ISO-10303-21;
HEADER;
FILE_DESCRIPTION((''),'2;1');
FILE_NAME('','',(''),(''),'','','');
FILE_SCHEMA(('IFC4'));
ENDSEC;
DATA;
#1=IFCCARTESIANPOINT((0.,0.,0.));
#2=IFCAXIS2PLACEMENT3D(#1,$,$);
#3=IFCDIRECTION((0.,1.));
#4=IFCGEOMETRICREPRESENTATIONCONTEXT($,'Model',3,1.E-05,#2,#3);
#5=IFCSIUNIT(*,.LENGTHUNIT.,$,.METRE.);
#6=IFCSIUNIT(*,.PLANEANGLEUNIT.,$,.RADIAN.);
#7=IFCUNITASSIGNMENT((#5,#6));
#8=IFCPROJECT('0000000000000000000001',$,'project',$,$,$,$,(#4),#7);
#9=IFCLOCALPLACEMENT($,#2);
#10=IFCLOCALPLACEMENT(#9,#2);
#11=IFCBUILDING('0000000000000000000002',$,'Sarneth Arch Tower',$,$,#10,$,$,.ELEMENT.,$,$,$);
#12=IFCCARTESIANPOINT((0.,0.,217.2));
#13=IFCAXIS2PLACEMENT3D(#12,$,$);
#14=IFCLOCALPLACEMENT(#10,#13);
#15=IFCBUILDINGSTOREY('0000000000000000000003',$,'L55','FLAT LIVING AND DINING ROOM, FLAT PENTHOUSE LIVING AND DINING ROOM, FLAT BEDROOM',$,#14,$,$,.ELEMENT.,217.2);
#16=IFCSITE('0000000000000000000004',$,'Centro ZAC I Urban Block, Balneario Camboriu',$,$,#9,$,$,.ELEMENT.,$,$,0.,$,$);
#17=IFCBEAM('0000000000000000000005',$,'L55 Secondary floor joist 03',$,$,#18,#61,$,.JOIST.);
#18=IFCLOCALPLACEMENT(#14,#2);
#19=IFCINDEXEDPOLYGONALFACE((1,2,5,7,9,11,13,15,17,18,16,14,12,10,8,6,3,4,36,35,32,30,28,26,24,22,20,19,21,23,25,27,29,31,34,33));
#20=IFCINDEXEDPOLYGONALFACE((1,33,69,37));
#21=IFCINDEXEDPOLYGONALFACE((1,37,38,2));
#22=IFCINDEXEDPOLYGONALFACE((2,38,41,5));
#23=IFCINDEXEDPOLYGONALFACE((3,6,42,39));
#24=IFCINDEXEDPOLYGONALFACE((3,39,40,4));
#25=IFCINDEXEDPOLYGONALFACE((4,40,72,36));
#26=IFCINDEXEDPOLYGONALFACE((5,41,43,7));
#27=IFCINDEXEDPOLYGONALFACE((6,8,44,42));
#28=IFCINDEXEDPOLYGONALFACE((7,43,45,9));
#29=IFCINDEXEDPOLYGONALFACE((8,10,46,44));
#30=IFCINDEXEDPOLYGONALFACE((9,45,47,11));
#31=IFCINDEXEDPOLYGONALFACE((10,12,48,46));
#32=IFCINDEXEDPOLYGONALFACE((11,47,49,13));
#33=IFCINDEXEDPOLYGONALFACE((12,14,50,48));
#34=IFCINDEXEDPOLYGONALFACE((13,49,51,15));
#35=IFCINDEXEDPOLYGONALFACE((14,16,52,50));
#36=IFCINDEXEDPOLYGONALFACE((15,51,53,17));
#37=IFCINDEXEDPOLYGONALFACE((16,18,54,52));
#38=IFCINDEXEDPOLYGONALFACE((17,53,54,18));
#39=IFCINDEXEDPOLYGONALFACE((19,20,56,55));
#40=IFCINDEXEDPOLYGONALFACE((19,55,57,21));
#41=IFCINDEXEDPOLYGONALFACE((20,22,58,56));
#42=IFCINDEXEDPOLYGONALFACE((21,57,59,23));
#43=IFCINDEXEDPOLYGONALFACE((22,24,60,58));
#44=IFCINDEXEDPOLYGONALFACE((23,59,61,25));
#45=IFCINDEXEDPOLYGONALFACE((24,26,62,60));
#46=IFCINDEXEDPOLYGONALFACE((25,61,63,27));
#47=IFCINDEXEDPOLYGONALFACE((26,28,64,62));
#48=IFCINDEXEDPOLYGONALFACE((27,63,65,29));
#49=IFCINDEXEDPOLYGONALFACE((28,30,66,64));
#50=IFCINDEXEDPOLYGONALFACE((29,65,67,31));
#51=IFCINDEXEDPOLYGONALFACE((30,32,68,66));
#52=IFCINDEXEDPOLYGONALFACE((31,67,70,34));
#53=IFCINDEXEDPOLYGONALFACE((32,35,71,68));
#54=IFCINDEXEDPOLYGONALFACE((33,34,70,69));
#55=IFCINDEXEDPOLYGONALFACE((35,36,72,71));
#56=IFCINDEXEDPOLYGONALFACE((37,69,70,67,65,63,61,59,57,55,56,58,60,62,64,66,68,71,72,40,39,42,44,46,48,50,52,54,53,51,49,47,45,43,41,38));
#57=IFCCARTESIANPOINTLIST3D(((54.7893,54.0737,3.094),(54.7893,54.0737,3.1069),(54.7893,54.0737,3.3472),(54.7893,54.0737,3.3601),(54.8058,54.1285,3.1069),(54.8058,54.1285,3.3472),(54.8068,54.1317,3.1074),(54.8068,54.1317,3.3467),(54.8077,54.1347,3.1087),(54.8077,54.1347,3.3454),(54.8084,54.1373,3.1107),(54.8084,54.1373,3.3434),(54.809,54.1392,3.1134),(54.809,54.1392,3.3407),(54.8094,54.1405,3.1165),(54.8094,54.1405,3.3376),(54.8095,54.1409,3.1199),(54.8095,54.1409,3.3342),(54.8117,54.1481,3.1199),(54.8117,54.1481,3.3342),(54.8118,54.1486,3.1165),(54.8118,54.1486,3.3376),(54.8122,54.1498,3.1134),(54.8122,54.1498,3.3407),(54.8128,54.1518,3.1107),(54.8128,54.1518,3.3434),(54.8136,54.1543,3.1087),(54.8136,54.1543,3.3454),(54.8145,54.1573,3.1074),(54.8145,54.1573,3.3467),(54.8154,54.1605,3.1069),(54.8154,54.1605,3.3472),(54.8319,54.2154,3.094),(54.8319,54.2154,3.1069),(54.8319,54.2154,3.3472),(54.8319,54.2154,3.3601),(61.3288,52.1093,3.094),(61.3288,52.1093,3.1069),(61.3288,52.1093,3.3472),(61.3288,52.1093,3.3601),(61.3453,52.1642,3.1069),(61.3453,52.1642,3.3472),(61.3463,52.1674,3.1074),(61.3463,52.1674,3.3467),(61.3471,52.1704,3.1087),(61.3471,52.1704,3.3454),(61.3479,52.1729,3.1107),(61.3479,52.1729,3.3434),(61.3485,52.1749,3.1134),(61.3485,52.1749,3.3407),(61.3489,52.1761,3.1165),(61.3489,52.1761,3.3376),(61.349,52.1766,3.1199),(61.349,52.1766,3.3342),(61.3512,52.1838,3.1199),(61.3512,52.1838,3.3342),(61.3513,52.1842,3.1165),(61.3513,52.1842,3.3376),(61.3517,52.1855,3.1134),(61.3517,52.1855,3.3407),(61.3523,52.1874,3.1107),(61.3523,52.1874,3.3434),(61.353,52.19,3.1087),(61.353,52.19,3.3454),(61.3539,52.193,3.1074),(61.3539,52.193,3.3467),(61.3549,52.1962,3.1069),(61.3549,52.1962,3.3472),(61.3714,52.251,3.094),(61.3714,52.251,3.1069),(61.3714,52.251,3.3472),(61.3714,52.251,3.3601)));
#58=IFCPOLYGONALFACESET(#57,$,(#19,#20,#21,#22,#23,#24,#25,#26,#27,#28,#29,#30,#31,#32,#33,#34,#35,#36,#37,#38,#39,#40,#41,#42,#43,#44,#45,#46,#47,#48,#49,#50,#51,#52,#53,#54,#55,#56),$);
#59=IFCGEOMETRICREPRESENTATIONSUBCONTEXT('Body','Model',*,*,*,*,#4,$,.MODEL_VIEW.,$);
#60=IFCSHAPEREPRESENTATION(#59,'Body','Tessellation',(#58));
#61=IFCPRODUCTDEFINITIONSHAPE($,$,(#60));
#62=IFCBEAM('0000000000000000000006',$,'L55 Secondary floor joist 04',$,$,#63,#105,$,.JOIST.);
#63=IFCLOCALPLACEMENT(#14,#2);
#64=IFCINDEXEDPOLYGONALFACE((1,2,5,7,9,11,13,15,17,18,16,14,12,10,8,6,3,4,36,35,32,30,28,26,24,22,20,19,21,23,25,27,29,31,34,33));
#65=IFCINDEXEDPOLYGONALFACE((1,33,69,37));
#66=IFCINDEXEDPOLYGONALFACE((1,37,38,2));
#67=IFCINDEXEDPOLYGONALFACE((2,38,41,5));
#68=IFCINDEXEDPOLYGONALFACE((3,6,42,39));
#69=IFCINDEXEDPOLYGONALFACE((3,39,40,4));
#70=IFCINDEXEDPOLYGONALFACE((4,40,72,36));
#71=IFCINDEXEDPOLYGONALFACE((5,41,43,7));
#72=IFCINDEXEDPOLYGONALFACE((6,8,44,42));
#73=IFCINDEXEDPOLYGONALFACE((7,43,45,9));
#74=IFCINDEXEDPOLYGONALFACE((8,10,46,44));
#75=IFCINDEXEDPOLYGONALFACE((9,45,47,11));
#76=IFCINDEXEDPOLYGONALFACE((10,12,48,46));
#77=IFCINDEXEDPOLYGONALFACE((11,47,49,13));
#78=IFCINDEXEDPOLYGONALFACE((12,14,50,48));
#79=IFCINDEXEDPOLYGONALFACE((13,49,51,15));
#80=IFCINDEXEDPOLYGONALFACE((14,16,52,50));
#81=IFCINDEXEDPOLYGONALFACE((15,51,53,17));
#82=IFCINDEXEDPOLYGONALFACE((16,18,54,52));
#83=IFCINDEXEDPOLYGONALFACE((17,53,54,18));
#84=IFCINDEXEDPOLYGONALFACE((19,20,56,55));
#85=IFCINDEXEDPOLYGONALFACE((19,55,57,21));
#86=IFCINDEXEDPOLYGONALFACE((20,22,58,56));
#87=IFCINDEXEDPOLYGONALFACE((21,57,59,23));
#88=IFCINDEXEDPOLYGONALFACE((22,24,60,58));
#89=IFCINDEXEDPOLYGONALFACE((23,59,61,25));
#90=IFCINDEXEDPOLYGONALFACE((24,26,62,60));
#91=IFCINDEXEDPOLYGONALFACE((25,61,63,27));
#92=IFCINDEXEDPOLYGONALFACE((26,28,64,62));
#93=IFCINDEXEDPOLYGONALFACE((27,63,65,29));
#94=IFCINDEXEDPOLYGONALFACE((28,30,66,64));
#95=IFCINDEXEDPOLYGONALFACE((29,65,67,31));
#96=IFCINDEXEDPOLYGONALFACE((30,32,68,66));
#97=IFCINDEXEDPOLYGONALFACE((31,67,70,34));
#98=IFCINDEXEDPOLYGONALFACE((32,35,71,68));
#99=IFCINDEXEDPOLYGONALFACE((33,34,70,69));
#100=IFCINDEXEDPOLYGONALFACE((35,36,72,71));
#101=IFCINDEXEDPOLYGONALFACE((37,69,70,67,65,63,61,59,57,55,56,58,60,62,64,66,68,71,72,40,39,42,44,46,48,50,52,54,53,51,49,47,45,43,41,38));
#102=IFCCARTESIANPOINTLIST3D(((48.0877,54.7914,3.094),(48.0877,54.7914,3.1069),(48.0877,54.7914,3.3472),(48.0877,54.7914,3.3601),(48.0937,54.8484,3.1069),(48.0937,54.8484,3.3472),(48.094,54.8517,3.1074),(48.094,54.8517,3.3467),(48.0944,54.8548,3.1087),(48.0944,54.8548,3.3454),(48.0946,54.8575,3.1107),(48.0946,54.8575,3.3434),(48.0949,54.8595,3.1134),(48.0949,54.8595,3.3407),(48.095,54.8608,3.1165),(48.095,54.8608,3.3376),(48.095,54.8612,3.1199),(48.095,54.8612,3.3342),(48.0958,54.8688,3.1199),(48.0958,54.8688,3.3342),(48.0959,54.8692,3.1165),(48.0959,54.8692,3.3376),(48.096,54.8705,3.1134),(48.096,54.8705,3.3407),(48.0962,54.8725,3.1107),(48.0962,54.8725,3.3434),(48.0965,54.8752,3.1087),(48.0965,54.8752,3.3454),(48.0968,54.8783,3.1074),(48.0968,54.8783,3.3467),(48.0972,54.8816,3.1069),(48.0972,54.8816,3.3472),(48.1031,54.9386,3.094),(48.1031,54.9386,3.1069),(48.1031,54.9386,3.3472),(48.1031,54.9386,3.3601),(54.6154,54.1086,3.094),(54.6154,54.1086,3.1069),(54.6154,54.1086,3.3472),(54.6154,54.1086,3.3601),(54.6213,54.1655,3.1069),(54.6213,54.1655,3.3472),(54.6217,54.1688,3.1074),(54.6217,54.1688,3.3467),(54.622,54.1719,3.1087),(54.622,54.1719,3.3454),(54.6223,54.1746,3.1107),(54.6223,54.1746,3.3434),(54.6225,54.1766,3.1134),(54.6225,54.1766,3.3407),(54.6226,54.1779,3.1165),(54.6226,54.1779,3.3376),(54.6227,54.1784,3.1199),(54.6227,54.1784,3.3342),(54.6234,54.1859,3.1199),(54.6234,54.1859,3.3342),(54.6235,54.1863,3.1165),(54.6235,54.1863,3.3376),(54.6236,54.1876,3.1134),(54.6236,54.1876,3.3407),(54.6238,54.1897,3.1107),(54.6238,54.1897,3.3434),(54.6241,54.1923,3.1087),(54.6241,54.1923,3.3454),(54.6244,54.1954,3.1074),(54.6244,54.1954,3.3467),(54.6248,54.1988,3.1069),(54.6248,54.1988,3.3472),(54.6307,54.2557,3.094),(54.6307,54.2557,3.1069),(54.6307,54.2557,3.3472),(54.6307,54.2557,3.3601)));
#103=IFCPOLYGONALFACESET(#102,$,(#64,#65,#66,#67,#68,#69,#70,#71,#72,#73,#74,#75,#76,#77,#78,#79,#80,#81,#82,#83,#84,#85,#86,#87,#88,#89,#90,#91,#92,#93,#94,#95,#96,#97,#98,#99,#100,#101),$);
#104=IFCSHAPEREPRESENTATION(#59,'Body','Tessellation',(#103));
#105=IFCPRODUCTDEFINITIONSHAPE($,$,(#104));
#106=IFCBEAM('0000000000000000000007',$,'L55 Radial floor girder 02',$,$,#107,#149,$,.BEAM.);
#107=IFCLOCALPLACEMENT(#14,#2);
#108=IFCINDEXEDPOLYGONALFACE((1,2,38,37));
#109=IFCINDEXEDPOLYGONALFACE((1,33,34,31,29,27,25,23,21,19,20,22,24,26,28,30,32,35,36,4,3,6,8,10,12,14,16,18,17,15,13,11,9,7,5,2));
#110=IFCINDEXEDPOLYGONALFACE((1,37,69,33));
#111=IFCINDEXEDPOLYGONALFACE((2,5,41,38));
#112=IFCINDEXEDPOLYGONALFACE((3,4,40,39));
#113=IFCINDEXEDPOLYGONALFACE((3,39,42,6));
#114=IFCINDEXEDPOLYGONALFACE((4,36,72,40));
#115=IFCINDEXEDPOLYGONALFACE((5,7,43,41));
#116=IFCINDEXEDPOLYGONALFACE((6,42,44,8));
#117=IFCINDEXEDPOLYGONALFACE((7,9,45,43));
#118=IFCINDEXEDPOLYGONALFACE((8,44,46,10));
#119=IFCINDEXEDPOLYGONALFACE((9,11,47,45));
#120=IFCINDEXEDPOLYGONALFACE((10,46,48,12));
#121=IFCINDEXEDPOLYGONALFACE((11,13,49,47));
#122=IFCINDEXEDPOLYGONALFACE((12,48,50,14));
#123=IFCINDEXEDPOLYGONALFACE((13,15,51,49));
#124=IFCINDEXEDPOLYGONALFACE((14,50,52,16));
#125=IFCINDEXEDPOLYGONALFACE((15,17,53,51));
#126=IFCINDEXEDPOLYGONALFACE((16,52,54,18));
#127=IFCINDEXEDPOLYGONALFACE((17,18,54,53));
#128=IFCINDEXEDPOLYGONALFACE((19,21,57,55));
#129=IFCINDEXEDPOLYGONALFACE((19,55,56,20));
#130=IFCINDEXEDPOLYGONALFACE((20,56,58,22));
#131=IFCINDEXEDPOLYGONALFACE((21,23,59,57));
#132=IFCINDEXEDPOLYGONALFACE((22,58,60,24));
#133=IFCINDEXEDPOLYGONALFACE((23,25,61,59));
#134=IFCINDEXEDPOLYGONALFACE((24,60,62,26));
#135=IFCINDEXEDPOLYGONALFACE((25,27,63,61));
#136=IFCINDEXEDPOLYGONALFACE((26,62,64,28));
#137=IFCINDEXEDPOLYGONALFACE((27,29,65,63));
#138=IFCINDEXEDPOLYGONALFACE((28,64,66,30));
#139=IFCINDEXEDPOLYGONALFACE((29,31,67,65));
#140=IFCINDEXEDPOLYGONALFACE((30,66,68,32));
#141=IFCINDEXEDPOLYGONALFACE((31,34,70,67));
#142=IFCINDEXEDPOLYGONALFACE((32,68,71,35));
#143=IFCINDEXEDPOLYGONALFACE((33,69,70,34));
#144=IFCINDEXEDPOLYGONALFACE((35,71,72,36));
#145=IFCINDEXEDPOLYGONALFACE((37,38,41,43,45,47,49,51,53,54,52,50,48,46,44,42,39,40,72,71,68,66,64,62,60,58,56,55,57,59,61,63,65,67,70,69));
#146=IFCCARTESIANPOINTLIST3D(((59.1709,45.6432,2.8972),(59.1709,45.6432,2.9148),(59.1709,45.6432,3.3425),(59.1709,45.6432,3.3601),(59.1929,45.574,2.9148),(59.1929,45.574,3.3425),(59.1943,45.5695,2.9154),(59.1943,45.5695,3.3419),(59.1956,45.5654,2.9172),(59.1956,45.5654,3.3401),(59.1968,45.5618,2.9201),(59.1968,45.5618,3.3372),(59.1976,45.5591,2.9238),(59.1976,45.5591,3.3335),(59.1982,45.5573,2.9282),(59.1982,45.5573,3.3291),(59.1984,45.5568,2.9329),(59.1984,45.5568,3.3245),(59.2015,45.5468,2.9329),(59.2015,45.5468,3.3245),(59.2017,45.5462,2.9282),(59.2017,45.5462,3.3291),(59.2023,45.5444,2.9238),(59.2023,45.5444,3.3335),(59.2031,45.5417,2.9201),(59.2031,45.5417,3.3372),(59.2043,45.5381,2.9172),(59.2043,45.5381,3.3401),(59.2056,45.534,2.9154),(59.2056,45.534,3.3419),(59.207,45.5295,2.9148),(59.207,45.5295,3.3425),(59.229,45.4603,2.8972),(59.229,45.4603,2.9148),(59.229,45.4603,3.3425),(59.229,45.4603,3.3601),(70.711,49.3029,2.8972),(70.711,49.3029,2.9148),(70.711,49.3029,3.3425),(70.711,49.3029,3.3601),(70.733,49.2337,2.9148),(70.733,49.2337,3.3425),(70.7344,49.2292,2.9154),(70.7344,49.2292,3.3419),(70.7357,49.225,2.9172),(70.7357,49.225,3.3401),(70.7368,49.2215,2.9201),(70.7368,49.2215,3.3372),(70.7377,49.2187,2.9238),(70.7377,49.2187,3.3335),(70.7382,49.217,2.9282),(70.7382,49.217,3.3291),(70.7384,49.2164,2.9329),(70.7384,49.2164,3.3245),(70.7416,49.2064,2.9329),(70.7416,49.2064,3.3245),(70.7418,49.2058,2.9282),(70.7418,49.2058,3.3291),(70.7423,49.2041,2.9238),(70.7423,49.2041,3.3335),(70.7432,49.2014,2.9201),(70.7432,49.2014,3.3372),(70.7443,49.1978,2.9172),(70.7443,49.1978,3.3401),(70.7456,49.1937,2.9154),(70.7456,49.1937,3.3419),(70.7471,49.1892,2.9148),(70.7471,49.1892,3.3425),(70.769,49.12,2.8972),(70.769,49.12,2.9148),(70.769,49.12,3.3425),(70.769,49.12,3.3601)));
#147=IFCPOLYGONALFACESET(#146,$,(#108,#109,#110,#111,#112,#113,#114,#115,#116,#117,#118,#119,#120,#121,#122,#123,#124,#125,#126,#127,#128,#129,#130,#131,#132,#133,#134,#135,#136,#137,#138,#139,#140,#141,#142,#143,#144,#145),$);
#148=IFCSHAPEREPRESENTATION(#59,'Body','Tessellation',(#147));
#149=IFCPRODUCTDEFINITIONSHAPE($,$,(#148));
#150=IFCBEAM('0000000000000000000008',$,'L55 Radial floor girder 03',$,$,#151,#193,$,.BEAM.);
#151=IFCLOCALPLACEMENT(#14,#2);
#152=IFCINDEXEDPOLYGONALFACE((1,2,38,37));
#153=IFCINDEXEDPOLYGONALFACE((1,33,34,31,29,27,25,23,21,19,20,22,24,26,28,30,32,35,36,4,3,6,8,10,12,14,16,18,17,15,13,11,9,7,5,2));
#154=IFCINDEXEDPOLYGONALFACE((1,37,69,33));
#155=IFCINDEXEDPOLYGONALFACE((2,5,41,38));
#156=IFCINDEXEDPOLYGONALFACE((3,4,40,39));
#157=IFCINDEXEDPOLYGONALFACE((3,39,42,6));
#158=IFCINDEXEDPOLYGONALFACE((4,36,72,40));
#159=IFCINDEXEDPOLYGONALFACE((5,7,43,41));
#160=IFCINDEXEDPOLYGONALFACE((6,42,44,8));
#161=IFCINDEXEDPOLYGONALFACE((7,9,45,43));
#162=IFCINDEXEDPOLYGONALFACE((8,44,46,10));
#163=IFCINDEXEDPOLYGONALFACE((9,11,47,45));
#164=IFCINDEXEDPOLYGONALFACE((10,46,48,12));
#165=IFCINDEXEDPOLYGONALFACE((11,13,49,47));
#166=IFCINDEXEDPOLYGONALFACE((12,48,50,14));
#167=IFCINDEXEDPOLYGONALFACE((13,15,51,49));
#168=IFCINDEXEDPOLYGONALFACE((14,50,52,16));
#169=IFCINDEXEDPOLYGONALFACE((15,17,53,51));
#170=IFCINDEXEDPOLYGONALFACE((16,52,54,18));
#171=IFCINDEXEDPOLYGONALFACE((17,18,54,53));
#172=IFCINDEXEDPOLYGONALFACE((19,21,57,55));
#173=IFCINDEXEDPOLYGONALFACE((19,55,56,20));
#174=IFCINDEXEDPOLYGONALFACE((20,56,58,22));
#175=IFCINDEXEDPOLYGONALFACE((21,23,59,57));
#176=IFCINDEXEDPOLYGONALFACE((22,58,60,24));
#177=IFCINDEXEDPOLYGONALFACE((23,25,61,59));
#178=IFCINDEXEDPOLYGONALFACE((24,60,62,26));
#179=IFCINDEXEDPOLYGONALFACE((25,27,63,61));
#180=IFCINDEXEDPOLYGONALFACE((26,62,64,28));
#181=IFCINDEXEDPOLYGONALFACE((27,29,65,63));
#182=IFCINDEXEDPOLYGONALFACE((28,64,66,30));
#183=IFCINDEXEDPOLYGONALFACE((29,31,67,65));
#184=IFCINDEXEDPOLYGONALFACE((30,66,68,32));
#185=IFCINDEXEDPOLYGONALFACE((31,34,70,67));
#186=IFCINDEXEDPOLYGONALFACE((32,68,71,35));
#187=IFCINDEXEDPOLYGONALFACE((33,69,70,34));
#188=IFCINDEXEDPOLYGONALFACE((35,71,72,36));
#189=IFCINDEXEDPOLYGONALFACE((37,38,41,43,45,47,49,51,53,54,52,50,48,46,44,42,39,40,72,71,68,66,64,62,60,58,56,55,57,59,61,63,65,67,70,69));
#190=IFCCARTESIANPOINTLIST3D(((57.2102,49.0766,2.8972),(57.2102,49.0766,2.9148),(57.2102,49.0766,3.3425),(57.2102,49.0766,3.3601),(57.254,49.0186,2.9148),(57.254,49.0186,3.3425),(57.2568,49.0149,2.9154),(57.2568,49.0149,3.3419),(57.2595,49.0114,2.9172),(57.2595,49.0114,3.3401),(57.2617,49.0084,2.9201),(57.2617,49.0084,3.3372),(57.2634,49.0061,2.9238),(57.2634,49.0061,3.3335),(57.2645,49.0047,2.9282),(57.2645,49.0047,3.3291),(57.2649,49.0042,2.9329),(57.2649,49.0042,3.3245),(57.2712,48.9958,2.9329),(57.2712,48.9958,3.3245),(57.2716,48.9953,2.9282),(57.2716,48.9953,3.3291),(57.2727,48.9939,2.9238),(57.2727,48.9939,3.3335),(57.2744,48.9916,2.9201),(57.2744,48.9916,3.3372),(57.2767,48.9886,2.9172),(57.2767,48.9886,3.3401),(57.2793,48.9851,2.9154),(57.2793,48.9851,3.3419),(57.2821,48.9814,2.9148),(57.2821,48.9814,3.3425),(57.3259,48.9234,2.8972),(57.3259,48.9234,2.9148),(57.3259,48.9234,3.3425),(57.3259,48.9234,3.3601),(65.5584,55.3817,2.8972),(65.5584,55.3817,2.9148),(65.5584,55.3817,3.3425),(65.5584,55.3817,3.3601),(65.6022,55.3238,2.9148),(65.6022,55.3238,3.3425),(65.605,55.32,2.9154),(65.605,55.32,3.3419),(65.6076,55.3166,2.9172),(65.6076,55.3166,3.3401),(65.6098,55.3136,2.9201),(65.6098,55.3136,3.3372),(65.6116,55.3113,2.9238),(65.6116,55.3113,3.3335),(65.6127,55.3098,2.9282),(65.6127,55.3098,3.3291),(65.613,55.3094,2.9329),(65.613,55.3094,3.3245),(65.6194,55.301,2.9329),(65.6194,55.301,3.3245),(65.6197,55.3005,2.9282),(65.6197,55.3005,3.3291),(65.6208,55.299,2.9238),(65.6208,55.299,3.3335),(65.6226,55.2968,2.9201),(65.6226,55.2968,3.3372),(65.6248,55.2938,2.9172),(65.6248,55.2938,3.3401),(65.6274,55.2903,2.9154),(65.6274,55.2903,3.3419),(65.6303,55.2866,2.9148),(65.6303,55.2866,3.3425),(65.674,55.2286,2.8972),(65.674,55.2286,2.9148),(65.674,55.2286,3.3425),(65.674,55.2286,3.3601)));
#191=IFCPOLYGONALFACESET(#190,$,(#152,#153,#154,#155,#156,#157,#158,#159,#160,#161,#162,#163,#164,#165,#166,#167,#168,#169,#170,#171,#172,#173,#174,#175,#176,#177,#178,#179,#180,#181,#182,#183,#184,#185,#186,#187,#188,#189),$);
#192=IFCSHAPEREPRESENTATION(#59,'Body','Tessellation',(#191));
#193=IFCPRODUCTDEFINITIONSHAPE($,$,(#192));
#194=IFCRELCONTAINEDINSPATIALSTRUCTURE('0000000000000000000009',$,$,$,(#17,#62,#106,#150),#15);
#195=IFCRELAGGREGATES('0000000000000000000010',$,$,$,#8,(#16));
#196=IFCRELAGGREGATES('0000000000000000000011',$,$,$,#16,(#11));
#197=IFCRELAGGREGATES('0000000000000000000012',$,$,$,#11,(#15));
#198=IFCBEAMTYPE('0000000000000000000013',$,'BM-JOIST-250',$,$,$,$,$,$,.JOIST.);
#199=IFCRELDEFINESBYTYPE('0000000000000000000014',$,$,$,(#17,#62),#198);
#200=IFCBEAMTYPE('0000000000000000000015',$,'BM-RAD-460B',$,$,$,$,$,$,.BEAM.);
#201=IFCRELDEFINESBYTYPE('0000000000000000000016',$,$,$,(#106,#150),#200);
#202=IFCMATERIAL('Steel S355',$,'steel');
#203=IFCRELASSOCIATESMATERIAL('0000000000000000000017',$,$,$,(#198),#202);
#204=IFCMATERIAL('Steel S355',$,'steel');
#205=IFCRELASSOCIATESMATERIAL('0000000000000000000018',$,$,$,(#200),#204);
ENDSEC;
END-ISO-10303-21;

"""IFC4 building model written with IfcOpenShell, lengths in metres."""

from ifc_helpers import new_model, si_unit, direction, frame, origin, origin_2d, place, context, subcontext, project, spatial, i_section, extrude, material, material_profile, profile_set, type_object, element, save


model = new_model("IFC4")

# Units and contexts
model_context = context("Model", 3, precision=1e-05, world=origin(), true_north=direction((0.0, 1.0)))
body_context = subcontext(model_context, "Body", "Model", "MODEL_VIEW")
ifc_project = project(units=[si_unit("LENGTHUNIT", "METRE"), si_unit("PLANEANGLEUNIT", "RADIAN")], contexts=[model_context])

# Site, building, storey
site_placement = place(None, origin())
site = spatial("IfcSite", under=ifc_project, at=site_placement, Name="Centro ZAC I Urban Block, Balneario Camboriu", CompositionType="ELEMENT", RefElevation=0.0)
building_placement = place(site_placement, origin())
building = spatial("IfcBuilding", under=site, at=building_placement, Name="Sarneth Arch Tower", CompositionType="ELEMENT")
storey_placement = place(building_placement, frame((0.0, 0.0, 217.2)))
storey = spatial("IfcBuildingStorey", under=building, at=storey_placement, Name="L55", Description="FLAT LIVING AND DINING ROOM, FLAT PENTHOUSE LIVING AND DINING ROOM, FLAT BEDROOM", CompositionType="ELEMENT", Elevation=217.2)

# Beams
ifc_material_1 = material(Name="Steel S355", Category="steel")
ifc_material_profile_1 = material_profile(ifc_material_1, i_section(OverallWidth=0.1479, OverallDepth=0.2661, WebThickness=0.0076, FlangeThickness=0.0129, FilletRadius=0.0129, at=origin_2d()), Name="W250x44.8")
ifc_profile_set_1 = profile_set([ifc_material_profile_1], Name="Steel S355")
beam_type_1 = type_object("IfcBeamType", Name="BM-JOIST-250", PredefinedType="JOIST", material=ifc_profile_set_1)
beam_1_placement = place(storey_placement, frame((61.3501, 52.1802, 3.2271), z_axis=(-0.957726, 0.287682, 0.0), x_axis=(-0.287682, -0.957726, 0.0)))
element("IfcBeam", 1, at=beam_1_placement, inside=storey, type_object=beam_type_1, Name="L55 Secondary floor joist 03", PredefinedType="JOIST", context=body_context, shape_type="SweptSolid", body=[
    extrude(i_section(OverallWidth=0.1479, OverallDepth=0.2661, WebThickness=0.0076, FlangeThickness=0.0129, FilletRadius=0.0129, at=origin_2d()), origin(), (0.0, 0.0, 1.0), 6.8281),
])
beam_2_placement = place(storey_placement, frame((54.623, 54.1821, 3.2271), z_axis=(-0.994573, 0.104044, 0.0), x_axis=(-0.104044, -0.994573, 0.0)))
element("IfcBeam", 2, at=beam_2_placement, inside=storey, type_object=beam_type_1, Name="L55 Secondary floor joist 04", PredefinedType="JOIST", context=body_context, shape_type="SweptSolid", body=[
    extrude(i_section(OverallWidth=0.1479, OverallDepth=0.2661, WebThickness=0.0076, FlangeThickness=0.0129, FilletRadius=0.0129, at=origin_2d()), origin(), (0.0, 0.0, 1.0), 6.5632),
])
ifc_material_2 = material(Name="Steel S355", Category="steel")
ifc_material_profile_2 = material_profile(ifc_material_2, i_section(OverallWidth=0.1919, OverallDepth=0.4629, WebThickness=0.0105, FlangeThickness=0.0176, FilletRadius=0.0181, at=origin_2d()), Name="W460x89")
ifc_profile_set_2 = profile_set([ifc_material_profile_2], Name="Steel S355")
beam_type_2 = type_object("IfcBeamType", Name="BM-RAD-460B", PredefinedType="BEAM", material=ifc_profile_set_2)
beam_3_placement = place(storey_placement, frame((59.2, 45.5518, 3.1287), z_axis=(0.953216, 0.302291, 0.0), x_axis=(-0.302291, 0.953216, 0.0)))
element("IfcBeam", 3, at=beam_3_placement, inside=storey, type_object=beam_type_2, Name="L55 Radial floor girder 02", PredefinedType="BEAM", context=body_context, shape_type="SweptSolid", body=[
    extrude(i_section(OverallWidth=0.1919, OverallDepth=0.4629, WebThickness=0.0105, FlangeThickness=0.0176, FilletRadius=0.0181, at=origin_2d()), origin(), (0.0, 0.0, 1.0), 12.1064),
])
beam_4_placement = place(storey_placement, frame((57.2681, 49.0, 3.1287), z_axis=(0.797974, 0.602692, 0.0), x_axis=(-0.602692, 0.797974, 0.0)))
element("IfcBeam", 4, at=beam_4_placement, inside=storey, type_object=beam_type_2, Name="L55 Radial floor girder 03", PredefinedType="BEAM", context=body_context, shape_type="SweptSolid", body=[
    extrude(i_section(OverallWidth=0.1919, OverallDepth=0.4629, WebThickness=0.0105, FlangeThickness=0.0176, FilletRadius=0.0181, at=origin_2d()), origin(), (0.0, 0.0, 1.0), 10.4617),
])

save(model, "model.ifc")
